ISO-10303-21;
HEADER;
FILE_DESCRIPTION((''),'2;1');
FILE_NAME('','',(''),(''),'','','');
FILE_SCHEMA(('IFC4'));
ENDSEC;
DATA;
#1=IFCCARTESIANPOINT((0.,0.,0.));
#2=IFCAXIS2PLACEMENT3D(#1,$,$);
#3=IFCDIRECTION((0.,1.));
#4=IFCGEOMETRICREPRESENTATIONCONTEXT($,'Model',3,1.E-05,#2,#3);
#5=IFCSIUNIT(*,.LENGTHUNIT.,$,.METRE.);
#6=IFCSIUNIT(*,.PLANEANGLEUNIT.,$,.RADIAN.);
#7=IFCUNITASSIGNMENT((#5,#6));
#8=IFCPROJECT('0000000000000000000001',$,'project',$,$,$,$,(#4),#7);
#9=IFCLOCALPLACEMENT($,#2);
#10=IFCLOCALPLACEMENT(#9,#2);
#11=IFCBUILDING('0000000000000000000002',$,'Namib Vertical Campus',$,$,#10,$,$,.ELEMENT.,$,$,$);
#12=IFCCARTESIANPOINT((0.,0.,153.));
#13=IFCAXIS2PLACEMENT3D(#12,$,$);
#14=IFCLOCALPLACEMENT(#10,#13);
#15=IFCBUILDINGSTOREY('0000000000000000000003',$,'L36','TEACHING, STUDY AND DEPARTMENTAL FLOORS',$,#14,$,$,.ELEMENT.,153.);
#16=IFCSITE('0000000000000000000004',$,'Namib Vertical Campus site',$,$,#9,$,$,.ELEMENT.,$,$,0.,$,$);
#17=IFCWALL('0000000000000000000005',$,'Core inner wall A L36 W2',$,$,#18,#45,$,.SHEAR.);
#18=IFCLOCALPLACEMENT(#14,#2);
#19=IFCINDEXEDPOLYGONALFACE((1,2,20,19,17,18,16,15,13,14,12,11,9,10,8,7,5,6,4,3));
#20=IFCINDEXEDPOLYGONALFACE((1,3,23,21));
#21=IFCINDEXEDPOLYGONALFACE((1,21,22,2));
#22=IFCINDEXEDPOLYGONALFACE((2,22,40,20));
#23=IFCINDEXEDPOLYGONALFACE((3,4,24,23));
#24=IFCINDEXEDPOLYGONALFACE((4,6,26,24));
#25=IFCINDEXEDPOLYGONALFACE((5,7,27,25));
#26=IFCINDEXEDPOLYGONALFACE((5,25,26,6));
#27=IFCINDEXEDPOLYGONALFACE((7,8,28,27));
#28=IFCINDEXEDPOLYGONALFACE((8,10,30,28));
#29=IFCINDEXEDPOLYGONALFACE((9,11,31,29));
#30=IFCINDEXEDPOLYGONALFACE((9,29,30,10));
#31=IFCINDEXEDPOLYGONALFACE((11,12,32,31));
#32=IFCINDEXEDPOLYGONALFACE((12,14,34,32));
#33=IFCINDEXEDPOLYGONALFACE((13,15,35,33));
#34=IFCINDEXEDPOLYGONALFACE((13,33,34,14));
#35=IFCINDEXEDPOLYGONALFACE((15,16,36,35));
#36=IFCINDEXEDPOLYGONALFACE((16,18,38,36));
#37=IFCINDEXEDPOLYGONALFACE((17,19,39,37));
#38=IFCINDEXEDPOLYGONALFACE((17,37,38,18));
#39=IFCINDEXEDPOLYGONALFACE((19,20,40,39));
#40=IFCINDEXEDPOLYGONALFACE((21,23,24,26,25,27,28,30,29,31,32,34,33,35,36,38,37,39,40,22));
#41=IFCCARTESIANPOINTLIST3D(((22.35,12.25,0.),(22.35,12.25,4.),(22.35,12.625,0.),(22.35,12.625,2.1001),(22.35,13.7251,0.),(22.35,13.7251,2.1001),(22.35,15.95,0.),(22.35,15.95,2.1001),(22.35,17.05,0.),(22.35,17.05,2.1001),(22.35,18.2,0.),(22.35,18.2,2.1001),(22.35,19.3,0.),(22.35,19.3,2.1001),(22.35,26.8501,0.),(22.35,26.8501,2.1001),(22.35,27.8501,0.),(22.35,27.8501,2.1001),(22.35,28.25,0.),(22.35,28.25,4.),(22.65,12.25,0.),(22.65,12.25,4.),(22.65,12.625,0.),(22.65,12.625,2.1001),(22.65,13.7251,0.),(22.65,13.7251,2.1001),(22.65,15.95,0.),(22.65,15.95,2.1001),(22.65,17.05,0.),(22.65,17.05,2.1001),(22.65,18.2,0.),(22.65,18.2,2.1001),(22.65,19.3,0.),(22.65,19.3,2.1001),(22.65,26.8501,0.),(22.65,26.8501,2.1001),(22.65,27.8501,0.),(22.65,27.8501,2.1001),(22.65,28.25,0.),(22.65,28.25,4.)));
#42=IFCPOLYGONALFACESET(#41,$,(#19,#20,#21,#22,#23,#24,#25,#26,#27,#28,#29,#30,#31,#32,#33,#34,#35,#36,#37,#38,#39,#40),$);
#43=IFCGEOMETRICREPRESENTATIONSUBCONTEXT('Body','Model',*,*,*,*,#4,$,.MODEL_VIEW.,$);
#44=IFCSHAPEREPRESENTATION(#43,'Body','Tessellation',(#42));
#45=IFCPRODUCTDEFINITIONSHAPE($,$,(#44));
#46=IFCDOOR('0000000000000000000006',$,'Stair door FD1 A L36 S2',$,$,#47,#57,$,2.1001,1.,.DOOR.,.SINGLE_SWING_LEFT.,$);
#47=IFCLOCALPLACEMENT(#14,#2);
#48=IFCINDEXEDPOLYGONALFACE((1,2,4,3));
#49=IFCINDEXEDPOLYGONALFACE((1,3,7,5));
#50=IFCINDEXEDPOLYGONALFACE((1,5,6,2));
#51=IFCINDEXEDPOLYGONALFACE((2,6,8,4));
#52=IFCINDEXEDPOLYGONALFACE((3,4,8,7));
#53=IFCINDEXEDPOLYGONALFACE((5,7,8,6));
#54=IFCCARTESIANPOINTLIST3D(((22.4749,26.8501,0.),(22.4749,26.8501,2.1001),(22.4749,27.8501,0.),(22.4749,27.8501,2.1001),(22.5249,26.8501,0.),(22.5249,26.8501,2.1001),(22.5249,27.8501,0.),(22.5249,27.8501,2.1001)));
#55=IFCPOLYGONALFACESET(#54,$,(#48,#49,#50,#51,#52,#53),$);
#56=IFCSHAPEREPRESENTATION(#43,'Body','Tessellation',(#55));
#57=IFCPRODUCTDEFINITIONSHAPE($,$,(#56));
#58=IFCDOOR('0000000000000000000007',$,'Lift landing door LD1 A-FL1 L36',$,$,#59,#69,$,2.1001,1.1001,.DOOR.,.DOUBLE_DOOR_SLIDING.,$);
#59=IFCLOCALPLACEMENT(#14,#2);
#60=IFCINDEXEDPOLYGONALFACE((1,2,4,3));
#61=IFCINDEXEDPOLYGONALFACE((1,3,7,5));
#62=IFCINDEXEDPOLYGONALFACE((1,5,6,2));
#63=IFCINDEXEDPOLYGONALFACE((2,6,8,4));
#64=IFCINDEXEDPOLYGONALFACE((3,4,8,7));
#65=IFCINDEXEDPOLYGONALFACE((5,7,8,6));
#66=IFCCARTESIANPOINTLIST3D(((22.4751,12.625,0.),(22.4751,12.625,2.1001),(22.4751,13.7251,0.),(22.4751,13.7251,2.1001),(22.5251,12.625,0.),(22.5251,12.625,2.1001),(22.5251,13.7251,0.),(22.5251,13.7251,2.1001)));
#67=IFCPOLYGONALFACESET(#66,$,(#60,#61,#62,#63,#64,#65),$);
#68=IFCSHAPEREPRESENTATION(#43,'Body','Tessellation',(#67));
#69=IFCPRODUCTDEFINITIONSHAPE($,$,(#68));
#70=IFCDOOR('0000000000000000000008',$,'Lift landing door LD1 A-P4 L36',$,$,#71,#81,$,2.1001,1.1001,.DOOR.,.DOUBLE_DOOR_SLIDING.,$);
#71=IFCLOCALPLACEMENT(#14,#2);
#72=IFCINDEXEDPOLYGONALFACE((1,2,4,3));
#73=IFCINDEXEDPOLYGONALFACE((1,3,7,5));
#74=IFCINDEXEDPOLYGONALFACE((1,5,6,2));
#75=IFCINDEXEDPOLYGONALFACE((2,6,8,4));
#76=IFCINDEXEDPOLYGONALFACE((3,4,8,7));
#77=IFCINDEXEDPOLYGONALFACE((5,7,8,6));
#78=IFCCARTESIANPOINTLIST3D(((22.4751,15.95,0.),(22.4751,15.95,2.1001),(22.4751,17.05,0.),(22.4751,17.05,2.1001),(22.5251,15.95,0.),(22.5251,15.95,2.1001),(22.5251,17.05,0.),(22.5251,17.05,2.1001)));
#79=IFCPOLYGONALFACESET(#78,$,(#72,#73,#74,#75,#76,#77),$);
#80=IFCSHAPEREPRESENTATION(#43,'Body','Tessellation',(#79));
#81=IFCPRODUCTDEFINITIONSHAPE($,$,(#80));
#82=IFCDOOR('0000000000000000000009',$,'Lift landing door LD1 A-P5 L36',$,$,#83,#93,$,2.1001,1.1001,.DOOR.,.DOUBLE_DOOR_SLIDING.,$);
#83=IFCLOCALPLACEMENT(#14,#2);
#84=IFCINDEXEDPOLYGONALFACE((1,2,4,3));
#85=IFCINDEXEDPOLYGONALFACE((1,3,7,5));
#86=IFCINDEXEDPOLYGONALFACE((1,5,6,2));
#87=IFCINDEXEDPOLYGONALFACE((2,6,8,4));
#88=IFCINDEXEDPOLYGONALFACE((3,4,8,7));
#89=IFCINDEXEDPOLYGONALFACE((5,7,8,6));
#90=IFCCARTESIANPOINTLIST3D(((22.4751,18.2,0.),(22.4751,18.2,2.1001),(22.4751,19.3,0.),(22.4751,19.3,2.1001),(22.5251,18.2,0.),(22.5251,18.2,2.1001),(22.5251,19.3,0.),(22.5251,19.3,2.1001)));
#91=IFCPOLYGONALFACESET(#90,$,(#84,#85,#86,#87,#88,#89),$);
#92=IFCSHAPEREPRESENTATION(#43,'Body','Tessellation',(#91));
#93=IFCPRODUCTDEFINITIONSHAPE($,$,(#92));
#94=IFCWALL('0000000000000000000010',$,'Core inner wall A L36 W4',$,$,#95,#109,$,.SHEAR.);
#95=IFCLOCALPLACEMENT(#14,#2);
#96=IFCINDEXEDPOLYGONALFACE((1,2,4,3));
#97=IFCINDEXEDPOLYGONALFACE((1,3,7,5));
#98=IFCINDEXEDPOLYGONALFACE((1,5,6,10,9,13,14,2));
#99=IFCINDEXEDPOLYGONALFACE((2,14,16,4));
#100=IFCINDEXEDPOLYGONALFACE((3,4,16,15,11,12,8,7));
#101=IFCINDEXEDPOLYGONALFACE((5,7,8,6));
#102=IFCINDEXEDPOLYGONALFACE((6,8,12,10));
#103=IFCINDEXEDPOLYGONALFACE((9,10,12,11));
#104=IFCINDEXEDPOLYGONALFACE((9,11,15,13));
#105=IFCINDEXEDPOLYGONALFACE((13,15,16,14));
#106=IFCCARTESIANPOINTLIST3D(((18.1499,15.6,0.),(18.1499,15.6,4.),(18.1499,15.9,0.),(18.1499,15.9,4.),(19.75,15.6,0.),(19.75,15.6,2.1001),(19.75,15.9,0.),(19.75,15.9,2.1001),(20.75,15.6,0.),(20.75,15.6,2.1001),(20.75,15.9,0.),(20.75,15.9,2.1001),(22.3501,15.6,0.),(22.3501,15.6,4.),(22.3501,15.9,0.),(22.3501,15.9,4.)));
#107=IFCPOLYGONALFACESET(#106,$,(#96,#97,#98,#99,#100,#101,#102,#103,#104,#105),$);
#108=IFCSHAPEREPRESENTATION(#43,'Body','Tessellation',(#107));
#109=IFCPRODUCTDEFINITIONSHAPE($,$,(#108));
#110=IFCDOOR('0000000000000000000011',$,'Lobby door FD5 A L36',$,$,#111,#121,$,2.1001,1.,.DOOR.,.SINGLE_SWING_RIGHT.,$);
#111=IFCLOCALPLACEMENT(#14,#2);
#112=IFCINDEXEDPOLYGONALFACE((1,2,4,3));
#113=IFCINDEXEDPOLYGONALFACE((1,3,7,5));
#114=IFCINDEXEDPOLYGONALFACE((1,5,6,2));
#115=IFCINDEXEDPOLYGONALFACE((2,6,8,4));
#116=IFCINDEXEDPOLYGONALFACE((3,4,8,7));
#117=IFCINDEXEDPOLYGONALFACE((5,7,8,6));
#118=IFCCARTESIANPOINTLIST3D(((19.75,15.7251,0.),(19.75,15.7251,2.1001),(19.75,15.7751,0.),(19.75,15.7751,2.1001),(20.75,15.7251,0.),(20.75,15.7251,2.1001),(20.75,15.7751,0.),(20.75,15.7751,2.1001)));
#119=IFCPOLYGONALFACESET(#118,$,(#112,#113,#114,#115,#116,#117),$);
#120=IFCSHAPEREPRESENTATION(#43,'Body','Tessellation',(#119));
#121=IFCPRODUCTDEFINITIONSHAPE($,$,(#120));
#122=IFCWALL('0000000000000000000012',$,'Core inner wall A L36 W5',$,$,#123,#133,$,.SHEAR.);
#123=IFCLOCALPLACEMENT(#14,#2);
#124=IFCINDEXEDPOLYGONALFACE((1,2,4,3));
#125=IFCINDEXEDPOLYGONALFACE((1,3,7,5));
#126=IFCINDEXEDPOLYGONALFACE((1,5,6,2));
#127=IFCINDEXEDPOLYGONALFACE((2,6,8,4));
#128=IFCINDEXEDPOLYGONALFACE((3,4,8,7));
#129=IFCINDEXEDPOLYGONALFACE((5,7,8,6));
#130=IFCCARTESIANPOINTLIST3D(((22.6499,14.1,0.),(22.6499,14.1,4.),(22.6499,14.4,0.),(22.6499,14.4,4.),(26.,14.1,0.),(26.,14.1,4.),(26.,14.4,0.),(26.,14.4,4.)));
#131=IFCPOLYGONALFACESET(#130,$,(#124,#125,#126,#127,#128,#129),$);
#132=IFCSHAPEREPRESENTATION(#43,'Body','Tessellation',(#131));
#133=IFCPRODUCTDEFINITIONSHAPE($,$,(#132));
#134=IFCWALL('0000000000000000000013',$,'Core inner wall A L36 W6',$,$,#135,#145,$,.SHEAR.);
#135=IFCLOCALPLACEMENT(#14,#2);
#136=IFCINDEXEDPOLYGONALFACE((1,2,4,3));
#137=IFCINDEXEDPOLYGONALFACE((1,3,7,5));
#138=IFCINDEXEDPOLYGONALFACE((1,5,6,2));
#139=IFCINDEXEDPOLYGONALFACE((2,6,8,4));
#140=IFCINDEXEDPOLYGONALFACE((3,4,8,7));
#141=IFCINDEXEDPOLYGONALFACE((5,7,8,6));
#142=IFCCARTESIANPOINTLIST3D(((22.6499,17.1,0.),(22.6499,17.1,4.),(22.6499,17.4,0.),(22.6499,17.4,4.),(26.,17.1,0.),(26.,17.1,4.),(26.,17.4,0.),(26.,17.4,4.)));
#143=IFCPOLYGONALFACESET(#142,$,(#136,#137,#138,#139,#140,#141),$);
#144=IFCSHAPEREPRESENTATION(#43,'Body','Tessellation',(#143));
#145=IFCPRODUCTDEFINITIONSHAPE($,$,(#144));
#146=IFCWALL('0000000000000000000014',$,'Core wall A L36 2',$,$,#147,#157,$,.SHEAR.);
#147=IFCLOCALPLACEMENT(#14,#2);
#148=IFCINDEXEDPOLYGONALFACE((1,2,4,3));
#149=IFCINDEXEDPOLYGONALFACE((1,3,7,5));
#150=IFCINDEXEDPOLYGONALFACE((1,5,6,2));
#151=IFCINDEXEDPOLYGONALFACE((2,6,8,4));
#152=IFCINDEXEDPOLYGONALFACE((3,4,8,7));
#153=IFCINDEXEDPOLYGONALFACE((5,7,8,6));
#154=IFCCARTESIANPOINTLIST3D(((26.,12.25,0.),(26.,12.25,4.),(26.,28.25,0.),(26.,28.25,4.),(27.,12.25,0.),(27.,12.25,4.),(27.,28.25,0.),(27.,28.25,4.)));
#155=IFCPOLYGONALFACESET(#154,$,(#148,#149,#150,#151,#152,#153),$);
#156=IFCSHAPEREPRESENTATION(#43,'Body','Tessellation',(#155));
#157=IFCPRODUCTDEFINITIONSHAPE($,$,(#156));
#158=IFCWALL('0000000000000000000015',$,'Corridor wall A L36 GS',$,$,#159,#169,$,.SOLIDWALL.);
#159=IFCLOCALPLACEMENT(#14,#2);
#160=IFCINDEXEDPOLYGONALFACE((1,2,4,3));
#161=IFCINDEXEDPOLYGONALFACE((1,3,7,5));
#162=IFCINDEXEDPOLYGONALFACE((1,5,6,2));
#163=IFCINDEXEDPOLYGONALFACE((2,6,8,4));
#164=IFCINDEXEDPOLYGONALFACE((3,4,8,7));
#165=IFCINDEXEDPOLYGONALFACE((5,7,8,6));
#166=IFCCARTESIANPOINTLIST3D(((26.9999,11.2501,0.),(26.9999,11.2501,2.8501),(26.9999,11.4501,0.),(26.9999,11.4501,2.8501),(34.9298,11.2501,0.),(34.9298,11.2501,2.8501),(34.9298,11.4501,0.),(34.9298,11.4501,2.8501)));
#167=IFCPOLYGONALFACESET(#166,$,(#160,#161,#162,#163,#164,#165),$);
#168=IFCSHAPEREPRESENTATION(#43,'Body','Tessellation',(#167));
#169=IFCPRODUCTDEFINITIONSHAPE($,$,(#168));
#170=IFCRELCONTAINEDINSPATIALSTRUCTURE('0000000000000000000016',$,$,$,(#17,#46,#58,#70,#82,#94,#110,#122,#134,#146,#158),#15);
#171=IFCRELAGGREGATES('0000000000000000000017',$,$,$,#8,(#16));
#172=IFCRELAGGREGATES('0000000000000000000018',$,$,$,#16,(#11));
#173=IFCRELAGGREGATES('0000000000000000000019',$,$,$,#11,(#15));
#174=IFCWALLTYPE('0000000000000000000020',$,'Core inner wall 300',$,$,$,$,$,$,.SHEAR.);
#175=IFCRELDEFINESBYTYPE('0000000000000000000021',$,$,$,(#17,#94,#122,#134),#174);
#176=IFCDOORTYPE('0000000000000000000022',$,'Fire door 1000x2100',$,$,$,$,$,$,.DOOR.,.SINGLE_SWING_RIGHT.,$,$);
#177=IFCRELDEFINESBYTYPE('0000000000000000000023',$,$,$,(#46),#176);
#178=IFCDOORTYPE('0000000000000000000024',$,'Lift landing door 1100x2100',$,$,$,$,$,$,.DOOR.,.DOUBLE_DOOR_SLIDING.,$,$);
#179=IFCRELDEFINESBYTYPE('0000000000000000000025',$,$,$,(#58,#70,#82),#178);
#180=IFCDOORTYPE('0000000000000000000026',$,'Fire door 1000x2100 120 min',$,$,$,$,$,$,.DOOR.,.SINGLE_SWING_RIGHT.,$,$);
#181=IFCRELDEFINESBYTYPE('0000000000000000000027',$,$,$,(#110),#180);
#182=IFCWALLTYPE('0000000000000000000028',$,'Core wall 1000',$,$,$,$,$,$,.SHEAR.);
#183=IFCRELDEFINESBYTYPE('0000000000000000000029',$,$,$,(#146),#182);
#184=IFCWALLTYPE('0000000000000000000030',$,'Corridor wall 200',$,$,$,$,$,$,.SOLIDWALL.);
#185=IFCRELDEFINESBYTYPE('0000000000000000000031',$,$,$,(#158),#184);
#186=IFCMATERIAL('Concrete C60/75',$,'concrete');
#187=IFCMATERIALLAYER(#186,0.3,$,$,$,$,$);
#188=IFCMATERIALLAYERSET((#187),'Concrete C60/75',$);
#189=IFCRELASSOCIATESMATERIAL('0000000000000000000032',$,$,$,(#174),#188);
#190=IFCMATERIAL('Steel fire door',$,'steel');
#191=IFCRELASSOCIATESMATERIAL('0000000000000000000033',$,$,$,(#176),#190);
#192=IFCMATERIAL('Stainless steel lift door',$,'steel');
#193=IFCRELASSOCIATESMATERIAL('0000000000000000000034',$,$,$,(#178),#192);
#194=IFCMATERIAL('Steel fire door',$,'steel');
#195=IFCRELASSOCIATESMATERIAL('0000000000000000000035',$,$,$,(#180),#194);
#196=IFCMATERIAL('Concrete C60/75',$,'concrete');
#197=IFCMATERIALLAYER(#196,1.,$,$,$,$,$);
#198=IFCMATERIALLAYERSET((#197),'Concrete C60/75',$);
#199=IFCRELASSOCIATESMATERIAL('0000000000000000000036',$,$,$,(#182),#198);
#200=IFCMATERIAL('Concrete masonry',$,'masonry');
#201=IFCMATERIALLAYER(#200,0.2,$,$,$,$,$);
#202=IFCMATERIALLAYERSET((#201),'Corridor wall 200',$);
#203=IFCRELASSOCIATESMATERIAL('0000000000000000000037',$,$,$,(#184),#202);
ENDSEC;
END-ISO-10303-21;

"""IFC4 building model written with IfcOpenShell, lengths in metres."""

from ifc_helpers import new_model, si_unit, direction, frame, frame_2d, origin, place, context, subcontext, project, spatial, rectangle, extrude, material, layer, layer_set, type_object, element, fill, save


model = new_model("IFC4")

# Units and contexts
model_context = context("Model", 3, precision=1e-05, world=origin(), true_north=direction((0.0, 1.0)))
body_context = subcontext(model_context, "Body", "Model", "MODEL_VIEW")
ifc_project = project(units=[si_unit("LENGTHUNIT", "METRE"), si_unit("PLANEANGLEUNIT", "RADIAN")], contexts=[model_context])

# Site, building, storey
site_placement = place(None, origin())
site = spatial("IfcSite", under=ifc_project, at=site_placement, Name="Namib Vertical Campus site", CompositionType="ELEMENT", RefElevation=0.0)
building_placement = place(site_placement, origin())
building = spatial("IfcBuilding", under=site, at=building_placement, Name="Namib Vertical Campus", CompositionType="ELEMENT")
storey_placement = place(building_placement, frame((0.0, 0.0, 153.0)))
storey = spatial("IfcBuildingStorey", under=building, at=storey_placement, Name="L36", Description="TEACHING, STUDY AND DEPARTMENTAL FLOORS", CompositionType="ELEMENT", Elevation=153.0)

# Wall, openings, doors
ifc_material_1 = material(Name="Concrete C60/75", Category="concrete")
ifc_layer_1 = layer(ifc_material_1, 0.3)
ifc_layer_set_1 = layer_set([ifc_layer_1], Name="Concrete C60/75")
wall_type_1 = type_object("IfcWallType", Name="Core inner wall 300", PredefinedType="SHEAR", material=ifc_layer_set_1)
ifc_material_2 = material(Name="Steel fire door", Category="steel")
door_type_1 = type_object("IfcDoorType", Name="Fire door 1000x2100", OperationType="SINGLE_SWING_RIGHT", PredefinedType="DOOR", material=ifc_material_2)
ifc_material_3 = material(Name="Stainless steel lift door", Category="steel")
door_type_2 = type_object("IfcDoorType", Name="Lift landing door 1100x2100", OperationType="DOUBLE_DOOR_SLIDING", PredefinedType="DOOR", material=ifc_material_3)
wall_1_placement = place(storey_placement, frame((22.5, 12.25, 0.0), z_axis=(0.0, 0.0, 1.0), x_axis=(0.0, 1.0, 0.0)))
wall_1 = element("IfcWall", 1, at=wall_1_placement, inside=storey, type_object=wall_type_1, Name="Core inner wall A L36 W2", PredefinedType="SHEAR", context=body_context, shape_type="SweptSolid", body=[
    extrude(rectangle(XDim=16.0, YDim=0.3, at=frame_2d((8.0, 0.0))), origin(), (0.0, 0.0, 1.0), 4.0),
])
opening_1_placement = place(wall_1_placement, frame((14.6001, 0.0, 0.0)))
opening_1 = element("IfcOpeningElement", 2, at=opening_1_placement, cuts=wall_1, PredefinedType="OPENING", context=body_context, shape_type="SweptSolid", body=[
    extrude(rectangle(XDim=1.0, YDim=2.1001, at=frame_2d((0.5, 1.05))), frame((0.0, 0.1599, 0.0), z_axis=(0.0, -1.0, 0.0), x_axis=(1.0, 0.0, 0.0)), (0.0, 0.0, 1.0), 0.3201),
])
opening_2_placement = place(wall_1_placement, frame((0.375, 0.0, 0.0)))
opening_2 = element("IfcOpeningElement", 3, at=opening_2_placement, cuts=wall_1, PredefinedType="OPENING", context=body_context, shape_type="SweptSolid", body=[
    extrude(rectangle(XDim=1.1001, YDim=2.1001, at=frame_2d((0.55, 1.05))), frame((0.0, 0.1599, 0.0), z_axis=(0.0, -1.0, 0.0), x_axis=(1.0, 0.0, 0.0)), (0.0, 0.0, 1.0), 0.3201),
])
opening_3_placement = place(wall_1_placement, frame((3.7, 0.0, 0.0)))
opening_3 = element("IfcOpeningElement", 4, at=opening_3_placement, cuts=wall_1, PredefinedType="OPENING", context=body_context, shape_type="SweptSolid", body=[
    extrude(rectangle(XDim=1.1001, YDim=2.1001, at=frame_2d((0.55, 1.05))), frame((0.0, 0.1599, 0.0), z_axis=(0.0, -1.0, 0.0), x_axis=(1.0, 0.0, 0.0)), (0.0, 0.0, 1.0), 0.3201),
])
opening_4_placement = place(wall_1_placement, frame((5.95, 0.0, 0.0)))
opening_4 = element("IfcOpeningElement", 5, at=opening_4_placement, cuts=wall_1, PredefinedType="OPENING", context=body_context, shape_type="SweptSolid", body=[
    extrude(rectangle(XDim=1.1001, YDim=2.1001, at=frame_2d((0.55, 1.05))), frame((0.0, 0.1599, 0.0), z_axis=(0.0, -1.0, 0.0), x_axis=(1.0, 0.0, 0.0)), (0.0, 0.0, 1.0), 0.3201),
])
door_1_placement = place(opening_1_placement, frame((1.0, 0.0, 0.0), z_axis=(0.0, 0.0, 1.0), x_axis=(-1.0, 0.0, 0.0)))
door_1 = element("IfcDoor", 6, at=door_1_placement, inside=storey, type_object=door_type_1, Name="Stair door FD1 A L36 S2", OperationType="SINGLE_SWING_LEFT", OverallHeight=2.1001, OverallWidth=1.0, PredefinedType="DOOR", context=body_context, shape_type="SweptSolid", body=[
    extrude(rectangle(XDim=1.0, YDim=2.1001, at=frame_2d((0.5, 1.05))), frame((0.0, 0.0249, 0.0), z_axis=(0.0, -1.0, 0.0), x_axis=(1.0, 0.0, 0.0)), (0.0, 0.0, 1.0), 0.05),
])
fill(opening_1, door_1)
door_2_placement = place(opening_2_placement, origin())
door_2 = element("IfcDoor", 7, at=door_2_placement, inside=storey, type_object=door_type_2, Name="Lift landing door LD1 A-FL1 L36", OperationType="DOUBLE_DOOR_SLIDING", OverallHeight=2.1001, OverallWidth=1.1001, PredefinedType="DOOR", context=body_context, shape_type="SweptSolid", body=[
    extrude(rectangle(XDim=1.1001, YDim=2.1001, at=frame_2d((0.55, 1.05))), frame((0.0, 0.0249, 0.0), z_axis=(0.0, -1.0, 0.0), x_axis=(1.0, 0.0, 0.0)), (0.0, 0.0, 1.0), 0.05),
])
fill(opening_2, door_2)
door_3_placement = place(opening_3_placement, origin())
door_3 = element("IfcDoor", 8, at=door_3_placement, inside=storey, type_object=door_type_2, Name="Lift landing door LD1 A-P4 L36", OperationType="DOUBLE_DOOR_SLIDING", OverallHeight=2.1001, OverallWidth=1.1001, PredefinedType="DOOR", context=body_context, shape_type="SweptSolid", body=[
    extrude(rectangle(XDim=1.1001, YDim=2.1001, at=frame_2d((0.55, 1.05))), frame((0.0, 0.0249, 0.0), z_axis=(0.0, -1.0, 0.0), x_axis=(1.0, 0.0, 0.0)), (0.0, 0.0, 1.0), 0.05),
])
fill(opening_3, door_3)
door_4_placement = place(opening_4_placement, origin())
door_4 = element("IfcDoor", 9, at=door_4_placement, inside=storey, type_object=door_type_2, Name="Lift landing door LD1 A-P5 L36", OperationType="DOUBLE_DOOR_SLIDING", OverallHeight=2.1001, OverallWidth=1.1001, PredefinedType="DOOR", context=body_context, shape_type="SweptSolid", body=[
    extrude(rectangle(XDim=1.1001, YDim=2.1001, at=frame_2d((0.55, 1.05))), frame((0.0, 0.0249, 0.0), z_axis=(0.0, -1.0, 0.0), x_axis=(1.0, 0.0, 0.0)), (0.0, 0.0, 1.0), 0.05),
])
fill(opening_4, door_4)

# Wall, opening, door
wall_2_placement = place(storey_placement, frame((18.1499, 15.75, 0.0), z_axis=(0.0, 0.0, 1.0), x_axis=(1.0, 0.0, 0.0)))
wall_2 = element("IfcWall", 10, at=wall_2_placement, inside=storey, type_object=wall_type_1, Name="Core inner wall A L36 W4", PredefinedType="SHEAR", context=body_context, shape_type="SweptSolid", body=[
    extrude(rectangle(XDim=4.2002, YDim=0.3, at=frame_2d((2.1001, 0.0))), origin(), (0.0, 0.0, 1.0), 4.0),
])
opening_5_placement = place(wall_2_placement, frame((1.6001, 0.0, 0.0)))
opening_5 = element("IfcOpeningElement", 11, at=opening_5_placement, cuts=wall_2, PredefinedType="OPENING", context=body_context, shape_type="SweptSolid", body=[
    extrude(rectangle(XDim=1.0, YDim=2.1001, at=frame_2d((0.5, 1.05))), frame((0.0, 0.1599, 0.0), z_axis=(0.0, -1.0, 0.0), x_axis=(1.0, 0.0, 0.0)), (0.0, 0.0, 1.0), 0.3201),
])
ifc_material_4 = material(Name="Steel fire door", Category="steel")
door_type_3 = type_object("IfcDoorType", Name="Fire door 1000x2100 120 min", OperationType="SINGLE_SWING_RIGHT", PredefinedType="DOOR", material=ifc_material_4)
door_5_placement = place(opening_5_placement, frame((1.0, 0.0, 0.0), z_axis=(0.0, 0.0, 1.0), x_axis=(-1.0, 0.0, 0.0)))
door_5 = element("IfcDoor", 12, at=door_5_placement, inside=storey, type_object=door_type_3, Name="Lobby door FD5 A L36", OperationType="SINGLE_SWING_RIGHT", OverallHeight=2.1001, OverallWidth=1.0, PredefinedType="DOOR", context=body_context, shape_type="SweptSolid", body=[
    extrude(rectangle(XDim=1.0, YDim=2.1001, at=frame_2d((0.5, 1.05))), frame((0.0, 0.0249, 0.0), z_axis=(0.0, -1.0, 0.0), x_axis=(1.0, 0.0, 0.0)), (0.0, 0.0, 1.0), 0.05),
])
fill(opening_5, door_5)

# Walls
for number, where, z_axis, x_axis, name in (
    (13, (22.6499, 14.25, 0.0), (0.0, 0.0, 1.0), (1.0, 0.0, 0.0), "Core inner wall A L36 W5"),
    (14, (22.6499, 17.25, 0.0), (0.0, 0.0, 1.0), (1.0, 0.0, 0.0), "Core inner wall A L36 W6"),
):
    element("IfcWall", number, at=place(storey_placement, frame(where, z_axis=z_axis, x_axis=x_axis)), inside=storey, type_object=wall_type_1, Name=name, PredefinedType="SHEAR", context=body_context, shape_type="SweptSolid", body=[
        extrude(rectangle(XDim=3.3501, YDim=0.3, at=frame_2d((1.675, 0.0))), origin(), (0.0, 0.0, 1.0), 4.0),
    ])
ifc_material_5 = material(Name="Concrete C60/75", Category="concrete")
ifc_layer_2 = layer(ifc_material_5, 1.0)
ifc_layer_set_2 = layer_set([ifc_layer_2], Name="Concrete C60/75")
wall_type_2 = type_object("IfcWallType", Name="Core wall 1000", PredefinedType="SHEAR", material=ifc_layer_set_2)
wall_3_placement = place(storey_placement, frame((26.5, 12.25, 0.0), z_axis=(0.0, 0.0, 1.0), x_axis=(0.0, 1.0, 0.0)))
element("IfcWall", 15, at=wall_3_placement, inside=storey, type_object=wall_type_2, Name="Core wall A L36 2", PredefinedType="SHEAR", context=body_context, shape_type="SweptSolid", body=[
    extrude(rectangle(XDim=16.0, YDim=1.0, at=frame_2d((8.0, 0.0))), origin(), (0.0, 0.0, 1.0), 4.0),
])
ifc_material_6 = material(Name="Concrete masonry", Category="masonry")
ifc_layer_3 = layer(ifc_material_6, 0.2)
ifc_layer_set_3 = layer_set([ifc_layer_3], Name="Corridor wall 200")
wall_type_3 = type_object("IfcWallType", Name="Corridor wall 200", PredefinedType="SOLIDWALL", material=ifc_layer_set_3)
wall_4_placement = place(storey_placement, frame((27.0, 11.3501, 0.0), z_axis=(0.0, 0.0, 1.0), x_axis=(1.0, 0.0, 0.0)))
element("IfcWall", 16, at=wall_4_placement, inside=storey, type_object=wall_type_3, Name="Corridor wall A L36 GS", PredefinedType="SOLIDWALL", context=body_context, shape_type="SweptSolid", body=[
    extrude(rectangle(XDim=7.9299, YDim=0.2, at=frame_2d((3.9648, 0.0))), origin(), (0.0, 0.0, 1.0), 2.8501),
])

save(model, "model.ifc")
